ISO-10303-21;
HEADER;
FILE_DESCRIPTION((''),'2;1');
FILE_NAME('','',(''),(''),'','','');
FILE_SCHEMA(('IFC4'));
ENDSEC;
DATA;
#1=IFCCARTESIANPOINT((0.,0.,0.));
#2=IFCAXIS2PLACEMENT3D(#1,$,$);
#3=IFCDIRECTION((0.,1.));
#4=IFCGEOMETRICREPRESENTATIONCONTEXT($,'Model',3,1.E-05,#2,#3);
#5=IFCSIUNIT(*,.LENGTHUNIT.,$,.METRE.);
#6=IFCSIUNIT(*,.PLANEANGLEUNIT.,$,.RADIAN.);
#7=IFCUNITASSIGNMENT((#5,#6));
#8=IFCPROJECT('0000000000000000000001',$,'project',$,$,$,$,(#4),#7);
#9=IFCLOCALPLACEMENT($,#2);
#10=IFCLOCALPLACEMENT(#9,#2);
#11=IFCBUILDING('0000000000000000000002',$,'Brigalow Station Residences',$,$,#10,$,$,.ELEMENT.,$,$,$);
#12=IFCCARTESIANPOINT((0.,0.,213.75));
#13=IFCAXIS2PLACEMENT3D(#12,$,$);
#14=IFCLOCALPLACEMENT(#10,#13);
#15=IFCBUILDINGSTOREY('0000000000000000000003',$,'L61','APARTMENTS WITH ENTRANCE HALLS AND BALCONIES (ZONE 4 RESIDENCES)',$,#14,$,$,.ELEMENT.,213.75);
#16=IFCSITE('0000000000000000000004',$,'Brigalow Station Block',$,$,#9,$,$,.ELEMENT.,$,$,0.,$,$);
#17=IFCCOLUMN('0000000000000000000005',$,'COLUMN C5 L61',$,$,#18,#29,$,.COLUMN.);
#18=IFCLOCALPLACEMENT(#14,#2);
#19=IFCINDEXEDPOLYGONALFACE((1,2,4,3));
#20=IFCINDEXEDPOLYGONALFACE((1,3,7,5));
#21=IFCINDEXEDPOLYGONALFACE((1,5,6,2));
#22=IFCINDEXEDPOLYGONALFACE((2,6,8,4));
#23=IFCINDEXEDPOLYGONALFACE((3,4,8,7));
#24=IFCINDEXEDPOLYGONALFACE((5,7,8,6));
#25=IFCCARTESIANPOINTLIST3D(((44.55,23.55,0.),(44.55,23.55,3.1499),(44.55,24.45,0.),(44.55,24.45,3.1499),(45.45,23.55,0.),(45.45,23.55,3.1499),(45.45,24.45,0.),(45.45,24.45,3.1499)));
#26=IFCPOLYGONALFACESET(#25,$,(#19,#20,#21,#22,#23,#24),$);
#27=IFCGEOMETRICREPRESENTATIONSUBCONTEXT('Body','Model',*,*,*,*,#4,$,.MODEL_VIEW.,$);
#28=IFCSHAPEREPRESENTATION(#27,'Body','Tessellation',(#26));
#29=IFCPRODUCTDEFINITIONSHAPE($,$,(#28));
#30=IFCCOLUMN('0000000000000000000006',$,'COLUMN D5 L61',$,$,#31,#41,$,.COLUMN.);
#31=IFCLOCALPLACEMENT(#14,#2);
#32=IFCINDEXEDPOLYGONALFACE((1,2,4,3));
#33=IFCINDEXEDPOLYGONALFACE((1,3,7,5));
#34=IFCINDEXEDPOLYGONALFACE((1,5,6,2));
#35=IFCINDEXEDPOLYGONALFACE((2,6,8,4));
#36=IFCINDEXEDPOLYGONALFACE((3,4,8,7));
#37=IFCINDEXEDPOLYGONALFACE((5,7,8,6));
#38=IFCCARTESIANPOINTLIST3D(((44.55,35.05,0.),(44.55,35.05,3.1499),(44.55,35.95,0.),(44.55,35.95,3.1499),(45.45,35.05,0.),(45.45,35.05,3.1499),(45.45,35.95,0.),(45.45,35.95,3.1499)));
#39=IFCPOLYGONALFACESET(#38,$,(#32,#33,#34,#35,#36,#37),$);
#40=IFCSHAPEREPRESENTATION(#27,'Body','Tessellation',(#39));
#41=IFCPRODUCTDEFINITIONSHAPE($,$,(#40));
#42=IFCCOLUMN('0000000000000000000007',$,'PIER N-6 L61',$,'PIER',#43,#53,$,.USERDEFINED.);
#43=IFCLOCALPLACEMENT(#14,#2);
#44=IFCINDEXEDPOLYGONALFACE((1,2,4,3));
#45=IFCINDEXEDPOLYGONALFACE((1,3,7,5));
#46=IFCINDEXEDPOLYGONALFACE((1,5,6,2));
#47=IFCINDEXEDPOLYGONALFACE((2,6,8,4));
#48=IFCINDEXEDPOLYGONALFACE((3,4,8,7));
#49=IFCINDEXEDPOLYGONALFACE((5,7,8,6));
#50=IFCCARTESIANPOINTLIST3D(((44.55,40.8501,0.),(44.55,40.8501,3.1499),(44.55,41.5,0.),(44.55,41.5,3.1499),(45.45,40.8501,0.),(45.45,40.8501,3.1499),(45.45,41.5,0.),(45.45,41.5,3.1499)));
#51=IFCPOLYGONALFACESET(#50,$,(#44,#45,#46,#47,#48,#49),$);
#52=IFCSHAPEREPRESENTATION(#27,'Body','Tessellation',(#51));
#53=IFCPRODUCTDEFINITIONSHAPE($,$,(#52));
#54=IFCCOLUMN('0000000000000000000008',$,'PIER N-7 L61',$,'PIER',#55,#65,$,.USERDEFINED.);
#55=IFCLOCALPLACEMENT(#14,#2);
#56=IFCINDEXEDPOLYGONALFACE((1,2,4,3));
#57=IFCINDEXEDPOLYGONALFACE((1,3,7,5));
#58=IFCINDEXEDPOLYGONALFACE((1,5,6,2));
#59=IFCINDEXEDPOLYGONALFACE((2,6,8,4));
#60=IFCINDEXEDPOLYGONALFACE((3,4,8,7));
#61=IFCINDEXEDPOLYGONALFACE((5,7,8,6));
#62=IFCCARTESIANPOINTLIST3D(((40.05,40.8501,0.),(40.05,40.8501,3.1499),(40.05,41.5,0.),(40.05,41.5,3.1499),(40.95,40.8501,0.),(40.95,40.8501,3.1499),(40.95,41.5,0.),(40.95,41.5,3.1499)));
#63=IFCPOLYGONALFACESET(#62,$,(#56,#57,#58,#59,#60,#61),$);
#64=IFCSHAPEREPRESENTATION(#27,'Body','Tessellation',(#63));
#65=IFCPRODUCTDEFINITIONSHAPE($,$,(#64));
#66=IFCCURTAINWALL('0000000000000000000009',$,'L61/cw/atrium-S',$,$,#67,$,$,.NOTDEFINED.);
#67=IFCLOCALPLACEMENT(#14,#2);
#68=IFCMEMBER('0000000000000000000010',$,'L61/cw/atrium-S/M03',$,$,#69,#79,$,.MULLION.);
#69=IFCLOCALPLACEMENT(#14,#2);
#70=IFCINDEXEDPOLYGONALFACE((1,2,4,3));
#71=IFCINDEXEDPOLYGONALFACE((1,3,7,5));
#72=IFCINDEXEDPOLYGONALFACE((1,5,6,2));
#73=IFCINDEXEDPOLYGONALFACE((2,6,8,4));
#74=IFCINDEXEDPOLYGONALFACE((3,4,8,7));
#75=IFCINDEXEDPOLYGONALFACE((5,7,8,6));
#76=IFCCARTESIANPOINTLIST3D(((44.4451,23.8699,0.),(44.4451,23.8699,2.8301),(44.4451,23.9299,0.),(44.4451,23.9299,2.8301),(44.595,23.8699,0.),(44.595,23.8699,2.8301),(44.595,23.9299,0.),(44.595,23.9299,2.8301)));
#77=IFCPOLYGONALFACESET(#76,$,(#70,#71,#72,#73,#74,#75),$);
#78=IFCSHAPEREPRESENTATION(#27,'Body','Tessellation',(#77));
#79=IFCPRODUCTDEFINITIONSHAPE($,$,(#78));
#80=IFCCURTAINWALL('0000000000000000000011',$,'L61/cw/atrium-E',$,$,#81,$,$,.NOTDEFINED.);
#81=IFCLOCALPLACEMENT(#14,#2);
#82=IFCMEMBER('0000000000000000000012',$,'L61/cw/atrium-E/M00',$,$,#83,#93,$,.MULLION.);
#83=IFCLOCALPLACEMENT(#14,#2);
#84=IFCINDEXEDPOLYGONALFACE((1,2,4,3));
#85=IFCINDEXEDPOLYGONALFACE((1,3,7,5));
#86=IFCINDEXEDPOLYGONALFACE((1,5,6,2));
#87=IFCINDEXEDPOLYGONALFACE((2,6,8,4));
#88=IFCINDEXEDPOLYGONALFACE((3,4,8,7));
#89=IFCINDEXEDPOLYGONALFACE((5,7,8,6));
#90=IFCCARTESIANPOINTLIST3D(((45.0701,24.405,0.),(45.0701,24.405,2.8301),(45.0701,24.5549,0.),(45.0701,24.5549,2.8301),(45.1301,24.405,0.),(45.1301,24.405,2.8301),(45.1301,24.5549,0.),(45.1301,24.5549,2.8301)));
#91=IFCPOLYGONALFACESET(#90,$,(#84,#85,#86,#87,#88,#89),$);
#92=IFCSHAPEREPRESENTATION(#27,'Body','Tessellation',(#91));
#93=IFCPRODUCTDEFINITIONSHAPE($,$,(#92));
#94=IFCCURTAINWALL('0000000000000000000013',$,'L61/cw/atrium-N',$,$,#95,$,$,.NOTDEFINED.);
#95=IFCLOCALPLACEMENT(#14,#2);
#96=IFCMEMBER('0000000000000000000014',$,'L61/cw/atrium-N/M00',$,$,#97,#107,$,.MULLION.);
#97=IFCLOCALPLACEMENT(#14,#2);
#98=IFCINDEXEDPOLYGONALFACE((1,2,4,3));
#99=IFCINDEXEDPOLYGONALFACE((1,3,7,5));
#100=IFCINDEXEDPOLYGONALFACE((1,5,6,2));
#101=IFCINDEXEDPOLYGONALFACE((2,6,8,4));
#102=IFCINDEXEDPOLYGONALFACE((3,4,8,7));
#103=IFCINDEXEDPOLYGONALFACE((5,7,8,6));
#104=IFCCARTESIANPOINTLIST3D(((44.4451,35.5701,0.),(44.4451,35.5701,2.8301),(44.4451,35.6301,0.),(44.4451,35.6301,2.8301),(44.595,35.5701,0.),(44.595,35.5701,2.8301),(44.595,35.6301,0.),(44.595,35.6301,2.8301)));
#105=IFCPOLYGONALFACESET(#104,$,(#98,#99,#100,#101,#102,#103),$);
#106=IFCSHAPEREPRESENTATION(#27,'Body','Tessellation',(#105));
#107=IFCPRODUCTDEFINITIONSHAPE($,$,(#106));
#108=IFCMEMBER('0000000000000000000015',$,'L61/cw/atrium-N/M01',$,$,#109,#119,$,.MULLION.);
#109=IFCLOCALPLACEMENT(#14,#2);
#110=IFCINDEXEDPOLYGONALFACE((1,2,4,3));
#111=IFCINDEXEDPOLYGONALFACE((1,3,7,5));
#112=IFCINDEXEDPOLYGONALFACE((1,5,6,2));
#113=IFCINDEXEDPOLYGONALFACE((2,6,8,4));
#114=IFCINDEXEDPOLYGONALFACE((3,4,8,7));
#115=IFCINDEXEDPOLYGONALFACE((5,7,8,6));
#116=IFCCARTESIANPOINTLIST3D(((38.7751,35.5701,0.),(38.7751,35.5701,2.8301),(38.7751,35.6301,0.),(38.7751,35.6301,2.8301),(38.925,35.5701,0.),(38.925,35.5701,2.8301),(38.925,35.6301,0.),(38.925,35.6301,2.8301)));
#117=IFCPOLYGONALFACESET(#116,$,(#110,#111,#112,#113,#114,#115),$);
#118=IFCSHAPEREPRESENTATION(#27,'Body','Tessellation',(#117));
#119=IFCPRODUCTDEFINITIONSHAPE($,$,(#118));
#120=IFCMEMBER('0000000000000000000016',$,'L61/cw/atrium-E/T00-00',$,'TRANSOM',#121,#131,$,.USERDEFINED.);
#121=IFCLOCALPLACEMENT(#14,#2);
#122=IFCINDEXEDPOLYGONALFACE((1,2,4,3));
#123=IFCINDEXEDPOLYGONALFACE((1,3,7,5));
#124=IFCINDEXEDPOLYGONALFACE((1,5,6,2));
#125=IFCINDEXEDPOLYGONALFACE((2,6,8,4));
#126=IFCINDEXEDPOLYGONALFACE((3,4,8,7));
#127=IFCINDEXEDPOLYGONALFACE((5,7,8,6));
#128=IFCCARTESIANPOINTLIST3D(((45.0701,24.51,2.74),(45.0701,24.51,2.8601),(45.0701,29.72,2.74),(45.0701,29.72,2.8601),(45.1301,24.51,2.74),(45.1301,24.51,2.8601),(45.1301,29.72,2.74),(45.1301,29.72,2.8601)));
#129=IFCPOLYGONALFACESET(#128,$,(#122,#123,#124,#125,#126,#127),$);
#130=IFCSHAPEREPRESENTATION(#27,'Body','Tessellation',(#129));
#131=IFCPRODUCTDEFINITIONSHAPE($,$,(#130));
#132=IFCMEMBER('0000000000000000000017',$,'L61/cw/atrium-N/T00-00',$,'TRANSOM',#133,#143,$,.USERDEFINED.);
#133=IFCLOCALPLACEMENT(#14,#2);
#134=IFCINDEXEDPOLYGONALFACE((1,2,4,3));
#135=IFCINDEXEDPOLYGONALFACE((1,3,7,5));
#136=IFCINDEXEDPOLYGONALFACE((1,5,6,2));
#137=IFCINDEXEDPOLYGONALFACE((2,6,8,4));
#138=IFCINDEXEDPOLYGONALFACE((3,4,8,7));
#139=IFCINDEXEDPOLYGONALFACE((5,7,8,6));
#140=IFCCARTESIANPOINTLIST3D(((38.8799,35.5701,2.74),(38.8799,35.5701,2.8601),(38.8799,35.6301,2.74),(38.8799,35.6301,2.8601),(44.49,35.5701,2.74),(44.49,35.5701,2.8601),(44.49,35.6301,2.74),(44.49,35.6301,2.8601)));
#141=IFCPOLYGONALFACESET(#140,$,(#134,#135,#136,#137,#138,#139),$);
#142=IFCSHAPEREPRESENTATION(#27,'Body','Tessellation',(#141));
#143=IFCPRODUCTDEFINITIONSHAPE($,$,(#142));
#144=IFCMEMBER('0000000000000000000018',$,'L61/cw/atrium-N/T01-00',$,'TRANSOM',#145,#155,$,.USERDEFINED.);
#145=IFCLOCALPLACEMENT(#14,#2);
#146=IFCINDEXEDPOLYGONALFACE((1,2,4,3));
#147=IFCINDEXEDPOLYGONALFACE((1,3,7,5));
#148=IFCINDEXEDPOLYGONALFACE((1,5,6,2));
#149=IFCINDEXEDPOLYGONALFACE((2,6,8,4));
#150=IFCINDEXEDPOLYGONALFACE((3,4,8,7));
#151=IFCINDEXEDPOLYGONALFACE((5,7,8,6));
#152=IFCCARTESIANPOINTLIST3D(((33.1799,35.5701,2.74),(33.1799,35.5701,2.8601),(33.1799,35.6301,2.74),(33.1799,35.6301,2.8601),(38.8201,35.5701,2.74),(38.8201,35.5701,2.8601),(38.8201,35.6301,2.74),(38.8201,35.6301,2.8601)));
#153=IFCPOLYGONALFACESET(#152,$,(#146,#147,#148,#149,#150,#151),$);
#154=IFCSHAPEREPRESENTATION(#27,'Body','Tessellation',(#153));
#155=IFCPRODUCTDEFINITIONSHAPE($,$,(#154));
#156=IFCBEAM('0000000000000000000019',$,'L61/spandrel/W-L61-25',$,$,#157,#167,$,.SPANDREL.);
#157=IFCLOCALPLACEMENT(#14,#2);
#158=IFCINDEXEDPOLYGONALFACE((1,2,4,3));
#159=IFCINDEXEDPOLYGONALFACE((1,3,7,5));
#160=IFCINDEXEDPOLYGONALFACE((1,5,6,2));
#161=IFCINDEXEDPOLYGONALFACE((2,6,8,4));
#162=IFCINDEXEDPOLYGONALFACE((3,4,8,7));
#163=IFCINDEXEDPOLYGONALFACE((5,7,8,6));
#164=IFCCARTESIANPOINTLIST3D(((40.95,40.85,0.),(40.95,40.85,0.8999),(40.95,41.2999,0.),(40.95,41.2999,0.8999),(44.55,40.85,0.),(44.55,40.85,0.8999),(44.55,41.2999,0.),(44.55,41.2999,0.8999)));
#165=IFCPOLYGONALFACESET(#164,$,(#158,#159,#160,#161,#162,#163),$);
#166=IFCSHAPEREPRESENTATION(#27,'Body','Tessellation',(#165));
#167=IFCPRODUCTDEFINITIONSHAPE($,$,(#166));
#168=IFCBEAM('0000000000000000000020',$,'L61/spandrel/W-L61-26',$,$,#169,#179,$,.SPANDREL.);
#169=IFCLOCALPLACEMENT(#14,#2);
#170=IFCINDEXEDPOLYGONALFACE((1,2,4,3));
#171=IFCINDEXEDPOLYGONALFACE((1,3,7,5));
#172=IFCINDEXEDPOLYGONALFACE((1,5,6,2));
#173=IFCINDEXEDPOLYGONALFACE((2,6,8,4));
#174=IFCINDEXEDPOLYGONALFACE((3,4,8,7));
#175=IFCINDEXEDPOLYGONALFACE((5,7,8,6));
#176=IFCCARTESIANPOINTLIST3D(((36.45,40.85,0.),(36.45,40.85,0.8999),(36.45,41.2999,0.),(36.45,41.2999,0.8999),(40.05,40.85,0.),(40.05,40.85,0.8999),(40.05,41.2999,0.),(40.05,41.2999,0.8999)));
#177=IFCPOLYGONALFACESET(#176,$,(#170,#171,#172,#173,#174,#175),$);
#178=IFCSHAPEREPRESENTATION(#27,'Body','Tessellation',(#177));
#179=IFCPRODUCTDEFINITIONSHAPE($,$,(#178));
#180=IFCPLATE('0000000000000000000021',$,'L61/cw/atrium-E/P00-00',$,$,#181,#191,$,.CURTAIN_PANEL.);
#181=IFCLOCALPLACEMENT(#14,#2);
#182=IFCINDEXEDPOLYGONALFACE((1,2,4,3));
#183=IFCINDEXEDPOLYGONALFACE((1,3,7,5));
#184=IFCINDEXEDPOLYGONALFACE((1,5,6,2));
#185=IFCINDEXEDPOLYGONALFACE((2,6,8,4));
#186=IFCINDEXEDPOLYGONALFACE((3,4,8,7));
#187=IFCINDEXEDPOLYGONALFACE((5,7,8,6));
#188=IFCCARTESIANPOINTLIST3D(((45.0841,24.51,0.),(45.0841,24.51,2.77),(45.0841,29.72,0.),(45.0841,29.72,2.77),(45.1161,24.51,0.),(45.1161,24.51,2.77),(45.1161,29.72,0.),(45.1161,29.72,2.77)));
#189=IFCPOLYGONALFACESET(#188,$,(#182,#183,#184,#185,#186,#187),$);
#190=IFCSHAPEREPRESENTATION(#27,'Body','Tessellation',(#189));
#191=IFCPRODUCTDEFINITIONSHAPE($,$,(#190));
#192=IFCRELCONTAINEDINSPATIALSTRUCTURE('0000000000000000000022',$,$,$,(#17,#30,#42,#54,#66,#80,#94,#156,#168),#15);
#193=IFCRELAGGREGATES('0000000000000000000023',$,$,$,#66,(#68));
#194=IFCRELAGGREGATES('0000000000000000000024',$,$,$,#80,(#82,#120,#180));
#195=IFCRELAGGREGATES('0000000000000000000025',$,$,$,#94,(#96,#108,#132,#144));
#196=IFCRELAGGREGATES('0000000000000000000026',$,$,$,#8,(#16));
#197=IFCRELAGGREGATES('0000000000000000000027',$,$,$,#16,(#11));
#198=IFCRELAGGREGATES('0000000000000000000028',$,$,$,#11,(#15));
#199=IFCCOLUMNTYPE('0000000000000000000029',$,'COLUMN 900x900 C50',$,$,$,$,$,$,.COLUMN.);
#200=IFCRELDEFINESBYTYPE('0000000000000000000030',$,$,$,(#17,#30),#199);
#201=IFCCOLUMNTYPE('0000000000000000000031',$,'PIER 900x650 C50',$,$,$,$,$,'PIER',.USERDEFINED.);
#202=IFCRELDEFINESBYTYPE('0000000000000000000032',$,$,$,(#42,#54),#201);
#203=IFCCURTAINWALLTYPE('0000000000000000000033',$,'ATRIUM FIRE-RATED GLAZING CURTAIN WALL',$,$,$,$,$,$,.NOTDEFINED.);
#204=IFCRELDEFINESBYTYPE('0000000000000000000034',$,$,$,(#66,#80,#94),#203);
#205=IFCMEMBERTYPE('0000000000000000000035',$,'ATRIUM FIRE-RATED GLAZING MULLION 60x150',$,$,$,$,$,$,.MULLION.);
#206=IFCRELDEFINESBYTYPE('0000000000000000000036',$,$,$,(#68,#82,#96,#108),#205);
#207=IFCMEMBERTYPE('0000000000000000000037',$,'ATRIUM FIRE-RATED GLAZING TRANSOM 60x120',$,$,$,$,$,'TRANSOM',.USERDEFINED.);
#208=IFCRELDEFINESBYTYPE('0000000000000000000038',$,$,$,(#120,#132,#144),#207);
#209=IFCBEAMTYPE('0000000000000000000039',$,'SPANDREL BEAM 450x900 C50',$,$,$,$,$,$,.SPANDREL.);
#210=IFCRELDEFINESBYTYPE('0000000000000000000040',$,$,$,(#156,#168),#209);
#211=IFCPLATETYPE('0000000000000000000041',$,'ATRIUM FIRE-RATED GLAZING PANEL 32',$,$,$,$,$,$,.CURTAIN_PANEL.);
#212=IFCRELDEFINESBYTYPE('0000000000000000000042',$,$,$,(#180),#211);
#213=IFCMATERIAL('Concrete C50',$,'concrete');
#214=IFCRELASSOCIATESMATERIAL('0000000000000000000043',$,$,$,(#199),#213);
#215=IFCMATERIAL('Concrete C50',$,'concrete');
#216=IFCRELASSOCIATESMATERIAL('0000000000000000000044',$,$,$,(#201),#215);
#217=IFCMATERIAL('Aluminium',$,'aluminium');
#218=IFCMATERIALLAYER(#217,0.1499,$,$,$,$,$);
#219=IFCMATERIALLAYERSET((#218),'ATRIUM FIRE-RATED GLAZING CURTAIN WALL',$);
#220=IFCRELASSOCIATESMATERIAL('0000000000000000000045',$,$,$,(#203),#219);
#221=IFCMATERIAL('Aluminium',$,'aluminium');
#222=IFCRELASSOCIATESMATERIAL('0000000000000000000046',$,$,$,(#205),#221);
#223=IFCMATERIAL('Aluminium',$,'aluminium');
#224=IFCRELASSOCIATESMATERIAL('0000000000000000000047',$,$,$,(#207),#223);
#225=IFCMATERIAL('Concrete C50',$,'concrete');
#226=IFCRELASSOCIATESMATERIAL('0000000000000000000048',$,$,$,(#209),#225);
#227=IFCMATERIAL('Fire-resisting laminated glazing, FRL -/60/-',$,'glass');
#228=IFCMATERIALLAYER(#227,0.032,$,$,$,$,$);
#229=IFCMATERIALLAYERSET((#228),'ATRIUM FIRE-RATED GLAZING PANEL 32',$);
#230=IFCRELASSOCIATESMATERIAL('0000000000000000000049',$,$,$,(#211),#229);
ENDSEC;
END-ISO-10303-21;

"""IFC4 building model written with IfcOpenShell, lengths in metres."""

from ifc_helpers import new_model, si_unit, direction, frame, origin, origin_2d, place, context, subcontext, project, spatial, rectangle, extrude, material, layer, layer_set, material_profile, profile_set, type_object, element, aggregate, save


model = new_model("IFC4")

# Units and contexts
model_context = context("Model", 3, precision=1e-05, world=origin(), true_north=direction((0.0, 1.0)))
body_context = subcontext(model_context, "Body", "Model", "MODEL_VIEW")
ifc_project = project(units=[si_unit("LENGTHUNIT", "METRE"), si_unit("PLANEANGLEUNIT", "RADIAN")], contexts=[model_context])

# Site, building, storey
site_placement = place(None, origin())
site = spatial("IfcSite", under=ifc_project, at=site_placement, Name="Brigalow Station Block", CompositionType="ELEMENT", RefElevation=0.0)
building_placement = place(site_placement, origin())
building = spatial("IfcBuilding", under=site, at=building_placement, Name="Brigalow Station Residences", CompositionType="ELEMENT")
storey_placement = place(building_placement, frame((0.0, 0.0, 213.75)))
storey = spatial("IfcBuildingStorey", under=building, at=storey_placement, Name="L61", Description="APARTMENTS WITH ENTRANCE HALLS AND BALCONIES (ZONE 4 RESIDENCES)", CompositionType="ELEMENT", Elevation=213.75)

# Columns
ifc_material_1 = material(Name="Concrete C50", Category="concrete")
ifc_material_profile_1 = material_profile(ifc_material_1, rectangle(XDim=0.8999, YDim=0.8999, at=origin_2d()), Name="RC900x900")
ifc_profile_set_1 = profile_set([ifc_material_profile_1], Name="Concrete C50")
column_type_1 = type_object("IfcColumnType", Name="COLUMN 900x900 C50", PredefinedType="COLUMN", material=ifc_profile_set_1)
for number, where, z_axis, x_axis, name in (
    (1, (45.0, 24.0, 0.0), (0.0, 0.0, 1.0), (1.0, 0.0, 0.0), "COLUMN C5 L61"),
    (2, (45.0, 35.5, 0.0), (0.0, 0.0, 1.0), (1.0, 0.0, 0.0), "COLUMN D5 L61"),
):
    element("IfcColumn", number, at=place(storey_placement, frame(where, z_axis=z_axis, x_axis=x_axis)), inside=storey, type_object=column_type_1, Name=name, PredefinedType="COLUMN", context=body_context, shape_type="SweptSolid", body=[
        extrude(rectangle(XDim=0.8999, YDim=0.8999, at=origin_2d()), origin(), (0.0, 0.0, 1.0), 3.1499),
    ])
ifc_material_2 = material(Name="Concrete C50", Category="concrete")
ifc_material_profile_2 = material_profile(ifc_material_2, rectangle(XDim=0.8999, YDim=0.6499, at=origin_2d()), Name="RC900x650")
ifc_profile_set_2 = profile_set([ifc_material_profile_2], Name="Concrete C50")
column_type_2 = type_object("IfcColumnType", Name="PIER 900x650 C50", ElementType="PIER", PredefinedType="USERDEFINED", material=ifc_profile_set_2)
for number, where, z_axis, x_axis, name in (
    (3, (45.0, 41.175, 0.0), (0.0, 0.0, 1.0), (-1.0, 0.0, 0.0), "PIER N-6 L61"),
    (4, (40.5, 41.175, 0.0), (0.0, 0.0, 1.0), (-1.0, 0.0, 0.0), "PIER N-7 L61"),
):
    element("IfcColumn", number, at=place(storey_placement, frame(where, z_axis=z_axis, x_axis=x_axis)), inside=storey, type_object=column_type_2, Name=name, ObjectType="PIER", PredefinedType="USERDEFINED", context=body_context, shape_type="SweptSolid", body=[
        extrude(rectangle(XDim=0.8999, YDim=0.6499, at=origin_2d()), origin(), (0.0, 0.0, 1.0), 3.1499),
    ])

# Curtain walls, members
ifc_material_3 = material(Name="Aluminium", Category="aluminium")
ifc_layer_1 = layer(ifc_material_3, 0.1499)
ifc_layer_set_1 = layer_set([ifc_layer_1], Name="ATRIUM FIRE-RATED GLAZING CURTAIN WALL")
curtain_wall_type = type_object("IfcCurtainWallType", Name="ATRIUM FIRE-RATED GLAZING CURTAIN WALL", PredefinedType="NOTDEFINED", material=ifc_layer_set_1)
curtain_wall_1_placement = place(storey_placement, origin())
curtain_wall_1 = element("IfcCurtainWall", 5, at=curtain_wall_1_placement, inside=storey, type_object=curtain_wall_type, Name="L61/cw/atrium-S", PredefinedType="NOTDEFINED")
ifc_material_4 = material(Name="Aluminium", Category="aluminium")
ifc_material_profile_3 = material_profile(ifc_material_4, rectangle(XDim=0.0601, YDim=0.1499, at=origin_2d()), Name="ATRIUM FIRE-RATED GLAZING MULLION 60x150")
ifc_profile_set_3 = profile_set([ifc_material_profile_3], Name="Aluminium")
member_type_1 = type_object("IfcMemberType", Name="ATRIUM FIRE-RATED GLAZING MULLION 60x150", PredefinedType="MULLION", material=ifc_profile_set_3)
member_1_placement = place(storey_placement, frame((44.52, 23.8999, 0.0), z_axis=(0.0, 0.0, 1.0), x_axis=(0.0, 1.0, 0.0)))
member_1 = element("IfcMember", 6, at=member_1_placement, type_object=member_type_1, Name="L61/cw/atrium-S/M03", PredefinedType="MULLION", context=body_context, shape_type="SweptSolid", body=[
    extrude(rectangle(XDim=0.0601, YDim=0.1499, at=origin_2d()), origin(), (0.0, 0.0, 1.0), 2.8301),
])
aggregate(curtain_wall_1, [member_1])
curtain_wall_2_placement = place(storey_placement, origin())
curtain_wall_2 = element("IfcCurtainWall", 7, at=curtain_wall_2_placement, inside=storey, type_object=curtain_wall_type, Name="L61/cw/atrium-E", PredefinedType="NOTDEFINED")
member_2_placement = place(storey_placement, frame((45.1001, 24.48, 0.0), z_axis=(0.0, 0.0, 1.0), x_axis=(-1.0, 0.0, 0.0)))
member_2 = element("IfcMember", 8, at=member_2_placement, type_object=member_type_1, Name="L61/cw/atrium-E/M00", PredefinedType="MULLION", context=body_context, shape_type="SweptSolid", body=[
    extrude(rectangle(XDim=0.0601, YDim=0.1499, at=origin_2d()), origin(), (0.0, 0.0, 1.0), 2.8301),
])

# Curtain wall, members
curtain_wall_3_placement = place(storey_placement, origin())
curtain_wall_3 = element("IfcCurtainWall", 9, at=curtain_wall_3_placement, inside=storey, type_object=curtain_wall_type, Name="L61/cw/atrium-N", PredefinedType="NOTDEFINED")
member_3_placement = place(storey_placement, frame((44.52, 35.6001, 0.0), z_axis=(0.0, 0.0, 1.0), x_axis=(0.0, -1.0, 0.0)))
member_3 = element("IfcMember", 10, at=member_3_placement, type_object=member_type_1, Name="L61/cw/atrium-N/M00", PredefinedType="MULLION", context=body_context, shape_type="SweptSolid", body=[
    extrude(rectangle(XDim=0.0601, YDim=0.1499, at=origin_2d()), origin(), (0.0, 0.0, 1.0), 2.8301),
])
member_4_placement = place(storey_placement, frame((38.8501, 35.6001, 0.0), z_axis=(0.0, 0.0, 1.0), x_axis=(0.0, -1.0, 0.0)))
member_4 = element("IfcMember", 11, at=member_4_placement, type_object=member_type_1, Name="L61/cw/atrium-N/M01", PredefinedType="MULLION", context=body_context, shape_type="SweptSolid", body=[
    extrude(rectangle(XDim=0.0601, YDim=0.1499, at=origin_2d()), origin(), (0.0, 0.0, 1.0), 2.8301),
])

# Members
ifc_material_5 = material(Name="Aluminium", Category="aluminium")
ifc_material_profile_4 = material_profile(ifc_material_5, rectangle(XDim=0.0601, YDim=0.1201, at=origin_2d()), Name="ATRIUM FIRE-RATED GLAZING TRANSOM 60x120")
ifc_profile_set_4 = profile_set([ifc_material_profile_4], Name="Aluminium")
member_type_2 = type_object("IfcMemberType", Name="ATRIUM FIRE-RATED GLAZING TRANSOM 60x120", ElementType="TRANSOM", PredefinedType="USERDEFINED", material=ifc_profile_set_4)
member_5_placement = place(storey_placement, frame((45.1001, 24.51, 2.8), z_axis=(0.0, 1.0, 0.0), x_axis=(-1.0, 0.0, 0.0)))
member_5 = element("IfcMember", 12, at=member_5_placement, type_object=member_type_2, Name="L61/cw/atrium-E/T00-00", ObjectType="TRANSOM", PredefinedType="USERDEFINED", context=body_context, shape_type="SweptSolid", body=[
    extrude(rectangle(XDim=0.0601, YDim=0.1201, at=origin_2d()), origin(), (0.0, 0.0, 1.0), 5.21),
])
member_6_placement = place(storey_placement, frame((44.49, 35.6001, 2.8), z_axis=(-1.0, 0.0, 0.0), x_axis=(0.0, -1.0, 0.0)))
member_6 = element("IfcMember", 13, at=member_6_placement, type_object=member_type_2, Name="L61/cw/atrium-N/T00-00", ObjectType="TRANSOM", PredefinedType="USERDEFINED", context=body_context, shape_type="SweptSolid", body=[
    extrude(rectangle(XDim=0.0601, YDim=0.1201, at=origin_2d()), origin(), (0.0, 0.0, 1.0), 5.6101),
])
member_7_placement = place(storey_placement, frame((38.8201, 35.6001, 2.8), z_axis=(-1.0, 0.0, 0.0), x_axis=(0.0, -1.0, 0.0)))
member_7 = element("IfcMember", 14, at=member_7_placement, type_object=member_type_2, Name="L61/cw/atrium-N/T01-00", ObjectType="TRANSOM", PredefinedType="USERDEFINED", context=body_context, shape_type="SweptSolid", body=[
    extrude(rectangle(XDim=0.0601, YDim=0.1201, at=origin_2d()), origin(), (0.0, 0.0, 1.0), 5.6401),
])

# Beams
ifc_material_6 = material(Name="Concrete C50", Category="concrete")
ifc_material_profile_5 = material_profile(ifc_material_6, rectangle(XDim=0.45, YDim=0.8999, at=origin_2d()), Name="RC450x900")
ifc_profile_set_5 = profile_set([ifc_material_profile_5], Name="Concrete C50")
beam_type = type_object("IfcBeamType", Name="SPANDREL BEAM 450x900 C50", PredefinedType="SPANDREL", material=ifc_profile_set_5)
for number, where, z_axis, x_axis, name in (
    (15, (44.55, 41.075, 0.45), (-1.0, 0.0, 0.0), (0.0, -1.0, 0.0), "L61/spandrel/W-L61-25"),
    (16, (40.05, 41.075, 0.45), (-1.0, 0.0, 0.0), (0.0, -1.0, 0.0), "L61/spandrel/W-L61-26"),
):
    element("IfcBeam", number, at=place(storey_placement, frame(where, z_axis=z_axis, x_axis=x_axis)), inside=storey, type_object=beam_type, Name=name, PredefinedType="SPANDREL", context=body_context, shape_type="SweptSolid", body=[
        extrude(rectangle(XDim=0.45, YDim=0.8999, at=origin_2d()), origin(), (0.0, 0.0, 1.0), 3.6001),
    ])

# Plate
ifc_material_7 = material(Name="Fire-resisting laminated glazing, FRL -/60/-", Category="glass")
ifc_layer_2 = layer(ifc_material_7, 0.032)
ifc_layer_set_2 = layer_set([ifc_layer_2], Name="ATRIUM FIRE-RATED GLAZING PANEL 32")
plate_type = type_object("IfcPlateType", Name="ATRIUM FIRE-RATED GLAZING PANEL 32", PredefinedType="CURTAIN_PANEL", material=ifc_layer_set_2)
plate_1_placement = place(storey_placement, frame((45.1001, 27.115, 0.0), z_axis=(0.0, 0.0, 1.0), x_axis=(0.0, 1.0, 0.0)))
plate_1 = element("IfcPlate", 17, at=plate_1_placement, type_object=plate_type, Name="L61/cw/atrium-E/P00-00", PredefinedType="CURTAIN_PANEL", context=body_context, shape_type="SweptSolid", body=[
    extrude(rectangle(XDim=5.21, YDim=0.032, at=origin_2d()), origin(), (0.0, 0.0, 1.0), 2.77),
])
aggregate(curtain_wall_2, [member_2, member_5, plate_1])
aggregate(curtain_wall_3, [member_3, member_4, member_6, member_7])

save(model, "model.ifc")
